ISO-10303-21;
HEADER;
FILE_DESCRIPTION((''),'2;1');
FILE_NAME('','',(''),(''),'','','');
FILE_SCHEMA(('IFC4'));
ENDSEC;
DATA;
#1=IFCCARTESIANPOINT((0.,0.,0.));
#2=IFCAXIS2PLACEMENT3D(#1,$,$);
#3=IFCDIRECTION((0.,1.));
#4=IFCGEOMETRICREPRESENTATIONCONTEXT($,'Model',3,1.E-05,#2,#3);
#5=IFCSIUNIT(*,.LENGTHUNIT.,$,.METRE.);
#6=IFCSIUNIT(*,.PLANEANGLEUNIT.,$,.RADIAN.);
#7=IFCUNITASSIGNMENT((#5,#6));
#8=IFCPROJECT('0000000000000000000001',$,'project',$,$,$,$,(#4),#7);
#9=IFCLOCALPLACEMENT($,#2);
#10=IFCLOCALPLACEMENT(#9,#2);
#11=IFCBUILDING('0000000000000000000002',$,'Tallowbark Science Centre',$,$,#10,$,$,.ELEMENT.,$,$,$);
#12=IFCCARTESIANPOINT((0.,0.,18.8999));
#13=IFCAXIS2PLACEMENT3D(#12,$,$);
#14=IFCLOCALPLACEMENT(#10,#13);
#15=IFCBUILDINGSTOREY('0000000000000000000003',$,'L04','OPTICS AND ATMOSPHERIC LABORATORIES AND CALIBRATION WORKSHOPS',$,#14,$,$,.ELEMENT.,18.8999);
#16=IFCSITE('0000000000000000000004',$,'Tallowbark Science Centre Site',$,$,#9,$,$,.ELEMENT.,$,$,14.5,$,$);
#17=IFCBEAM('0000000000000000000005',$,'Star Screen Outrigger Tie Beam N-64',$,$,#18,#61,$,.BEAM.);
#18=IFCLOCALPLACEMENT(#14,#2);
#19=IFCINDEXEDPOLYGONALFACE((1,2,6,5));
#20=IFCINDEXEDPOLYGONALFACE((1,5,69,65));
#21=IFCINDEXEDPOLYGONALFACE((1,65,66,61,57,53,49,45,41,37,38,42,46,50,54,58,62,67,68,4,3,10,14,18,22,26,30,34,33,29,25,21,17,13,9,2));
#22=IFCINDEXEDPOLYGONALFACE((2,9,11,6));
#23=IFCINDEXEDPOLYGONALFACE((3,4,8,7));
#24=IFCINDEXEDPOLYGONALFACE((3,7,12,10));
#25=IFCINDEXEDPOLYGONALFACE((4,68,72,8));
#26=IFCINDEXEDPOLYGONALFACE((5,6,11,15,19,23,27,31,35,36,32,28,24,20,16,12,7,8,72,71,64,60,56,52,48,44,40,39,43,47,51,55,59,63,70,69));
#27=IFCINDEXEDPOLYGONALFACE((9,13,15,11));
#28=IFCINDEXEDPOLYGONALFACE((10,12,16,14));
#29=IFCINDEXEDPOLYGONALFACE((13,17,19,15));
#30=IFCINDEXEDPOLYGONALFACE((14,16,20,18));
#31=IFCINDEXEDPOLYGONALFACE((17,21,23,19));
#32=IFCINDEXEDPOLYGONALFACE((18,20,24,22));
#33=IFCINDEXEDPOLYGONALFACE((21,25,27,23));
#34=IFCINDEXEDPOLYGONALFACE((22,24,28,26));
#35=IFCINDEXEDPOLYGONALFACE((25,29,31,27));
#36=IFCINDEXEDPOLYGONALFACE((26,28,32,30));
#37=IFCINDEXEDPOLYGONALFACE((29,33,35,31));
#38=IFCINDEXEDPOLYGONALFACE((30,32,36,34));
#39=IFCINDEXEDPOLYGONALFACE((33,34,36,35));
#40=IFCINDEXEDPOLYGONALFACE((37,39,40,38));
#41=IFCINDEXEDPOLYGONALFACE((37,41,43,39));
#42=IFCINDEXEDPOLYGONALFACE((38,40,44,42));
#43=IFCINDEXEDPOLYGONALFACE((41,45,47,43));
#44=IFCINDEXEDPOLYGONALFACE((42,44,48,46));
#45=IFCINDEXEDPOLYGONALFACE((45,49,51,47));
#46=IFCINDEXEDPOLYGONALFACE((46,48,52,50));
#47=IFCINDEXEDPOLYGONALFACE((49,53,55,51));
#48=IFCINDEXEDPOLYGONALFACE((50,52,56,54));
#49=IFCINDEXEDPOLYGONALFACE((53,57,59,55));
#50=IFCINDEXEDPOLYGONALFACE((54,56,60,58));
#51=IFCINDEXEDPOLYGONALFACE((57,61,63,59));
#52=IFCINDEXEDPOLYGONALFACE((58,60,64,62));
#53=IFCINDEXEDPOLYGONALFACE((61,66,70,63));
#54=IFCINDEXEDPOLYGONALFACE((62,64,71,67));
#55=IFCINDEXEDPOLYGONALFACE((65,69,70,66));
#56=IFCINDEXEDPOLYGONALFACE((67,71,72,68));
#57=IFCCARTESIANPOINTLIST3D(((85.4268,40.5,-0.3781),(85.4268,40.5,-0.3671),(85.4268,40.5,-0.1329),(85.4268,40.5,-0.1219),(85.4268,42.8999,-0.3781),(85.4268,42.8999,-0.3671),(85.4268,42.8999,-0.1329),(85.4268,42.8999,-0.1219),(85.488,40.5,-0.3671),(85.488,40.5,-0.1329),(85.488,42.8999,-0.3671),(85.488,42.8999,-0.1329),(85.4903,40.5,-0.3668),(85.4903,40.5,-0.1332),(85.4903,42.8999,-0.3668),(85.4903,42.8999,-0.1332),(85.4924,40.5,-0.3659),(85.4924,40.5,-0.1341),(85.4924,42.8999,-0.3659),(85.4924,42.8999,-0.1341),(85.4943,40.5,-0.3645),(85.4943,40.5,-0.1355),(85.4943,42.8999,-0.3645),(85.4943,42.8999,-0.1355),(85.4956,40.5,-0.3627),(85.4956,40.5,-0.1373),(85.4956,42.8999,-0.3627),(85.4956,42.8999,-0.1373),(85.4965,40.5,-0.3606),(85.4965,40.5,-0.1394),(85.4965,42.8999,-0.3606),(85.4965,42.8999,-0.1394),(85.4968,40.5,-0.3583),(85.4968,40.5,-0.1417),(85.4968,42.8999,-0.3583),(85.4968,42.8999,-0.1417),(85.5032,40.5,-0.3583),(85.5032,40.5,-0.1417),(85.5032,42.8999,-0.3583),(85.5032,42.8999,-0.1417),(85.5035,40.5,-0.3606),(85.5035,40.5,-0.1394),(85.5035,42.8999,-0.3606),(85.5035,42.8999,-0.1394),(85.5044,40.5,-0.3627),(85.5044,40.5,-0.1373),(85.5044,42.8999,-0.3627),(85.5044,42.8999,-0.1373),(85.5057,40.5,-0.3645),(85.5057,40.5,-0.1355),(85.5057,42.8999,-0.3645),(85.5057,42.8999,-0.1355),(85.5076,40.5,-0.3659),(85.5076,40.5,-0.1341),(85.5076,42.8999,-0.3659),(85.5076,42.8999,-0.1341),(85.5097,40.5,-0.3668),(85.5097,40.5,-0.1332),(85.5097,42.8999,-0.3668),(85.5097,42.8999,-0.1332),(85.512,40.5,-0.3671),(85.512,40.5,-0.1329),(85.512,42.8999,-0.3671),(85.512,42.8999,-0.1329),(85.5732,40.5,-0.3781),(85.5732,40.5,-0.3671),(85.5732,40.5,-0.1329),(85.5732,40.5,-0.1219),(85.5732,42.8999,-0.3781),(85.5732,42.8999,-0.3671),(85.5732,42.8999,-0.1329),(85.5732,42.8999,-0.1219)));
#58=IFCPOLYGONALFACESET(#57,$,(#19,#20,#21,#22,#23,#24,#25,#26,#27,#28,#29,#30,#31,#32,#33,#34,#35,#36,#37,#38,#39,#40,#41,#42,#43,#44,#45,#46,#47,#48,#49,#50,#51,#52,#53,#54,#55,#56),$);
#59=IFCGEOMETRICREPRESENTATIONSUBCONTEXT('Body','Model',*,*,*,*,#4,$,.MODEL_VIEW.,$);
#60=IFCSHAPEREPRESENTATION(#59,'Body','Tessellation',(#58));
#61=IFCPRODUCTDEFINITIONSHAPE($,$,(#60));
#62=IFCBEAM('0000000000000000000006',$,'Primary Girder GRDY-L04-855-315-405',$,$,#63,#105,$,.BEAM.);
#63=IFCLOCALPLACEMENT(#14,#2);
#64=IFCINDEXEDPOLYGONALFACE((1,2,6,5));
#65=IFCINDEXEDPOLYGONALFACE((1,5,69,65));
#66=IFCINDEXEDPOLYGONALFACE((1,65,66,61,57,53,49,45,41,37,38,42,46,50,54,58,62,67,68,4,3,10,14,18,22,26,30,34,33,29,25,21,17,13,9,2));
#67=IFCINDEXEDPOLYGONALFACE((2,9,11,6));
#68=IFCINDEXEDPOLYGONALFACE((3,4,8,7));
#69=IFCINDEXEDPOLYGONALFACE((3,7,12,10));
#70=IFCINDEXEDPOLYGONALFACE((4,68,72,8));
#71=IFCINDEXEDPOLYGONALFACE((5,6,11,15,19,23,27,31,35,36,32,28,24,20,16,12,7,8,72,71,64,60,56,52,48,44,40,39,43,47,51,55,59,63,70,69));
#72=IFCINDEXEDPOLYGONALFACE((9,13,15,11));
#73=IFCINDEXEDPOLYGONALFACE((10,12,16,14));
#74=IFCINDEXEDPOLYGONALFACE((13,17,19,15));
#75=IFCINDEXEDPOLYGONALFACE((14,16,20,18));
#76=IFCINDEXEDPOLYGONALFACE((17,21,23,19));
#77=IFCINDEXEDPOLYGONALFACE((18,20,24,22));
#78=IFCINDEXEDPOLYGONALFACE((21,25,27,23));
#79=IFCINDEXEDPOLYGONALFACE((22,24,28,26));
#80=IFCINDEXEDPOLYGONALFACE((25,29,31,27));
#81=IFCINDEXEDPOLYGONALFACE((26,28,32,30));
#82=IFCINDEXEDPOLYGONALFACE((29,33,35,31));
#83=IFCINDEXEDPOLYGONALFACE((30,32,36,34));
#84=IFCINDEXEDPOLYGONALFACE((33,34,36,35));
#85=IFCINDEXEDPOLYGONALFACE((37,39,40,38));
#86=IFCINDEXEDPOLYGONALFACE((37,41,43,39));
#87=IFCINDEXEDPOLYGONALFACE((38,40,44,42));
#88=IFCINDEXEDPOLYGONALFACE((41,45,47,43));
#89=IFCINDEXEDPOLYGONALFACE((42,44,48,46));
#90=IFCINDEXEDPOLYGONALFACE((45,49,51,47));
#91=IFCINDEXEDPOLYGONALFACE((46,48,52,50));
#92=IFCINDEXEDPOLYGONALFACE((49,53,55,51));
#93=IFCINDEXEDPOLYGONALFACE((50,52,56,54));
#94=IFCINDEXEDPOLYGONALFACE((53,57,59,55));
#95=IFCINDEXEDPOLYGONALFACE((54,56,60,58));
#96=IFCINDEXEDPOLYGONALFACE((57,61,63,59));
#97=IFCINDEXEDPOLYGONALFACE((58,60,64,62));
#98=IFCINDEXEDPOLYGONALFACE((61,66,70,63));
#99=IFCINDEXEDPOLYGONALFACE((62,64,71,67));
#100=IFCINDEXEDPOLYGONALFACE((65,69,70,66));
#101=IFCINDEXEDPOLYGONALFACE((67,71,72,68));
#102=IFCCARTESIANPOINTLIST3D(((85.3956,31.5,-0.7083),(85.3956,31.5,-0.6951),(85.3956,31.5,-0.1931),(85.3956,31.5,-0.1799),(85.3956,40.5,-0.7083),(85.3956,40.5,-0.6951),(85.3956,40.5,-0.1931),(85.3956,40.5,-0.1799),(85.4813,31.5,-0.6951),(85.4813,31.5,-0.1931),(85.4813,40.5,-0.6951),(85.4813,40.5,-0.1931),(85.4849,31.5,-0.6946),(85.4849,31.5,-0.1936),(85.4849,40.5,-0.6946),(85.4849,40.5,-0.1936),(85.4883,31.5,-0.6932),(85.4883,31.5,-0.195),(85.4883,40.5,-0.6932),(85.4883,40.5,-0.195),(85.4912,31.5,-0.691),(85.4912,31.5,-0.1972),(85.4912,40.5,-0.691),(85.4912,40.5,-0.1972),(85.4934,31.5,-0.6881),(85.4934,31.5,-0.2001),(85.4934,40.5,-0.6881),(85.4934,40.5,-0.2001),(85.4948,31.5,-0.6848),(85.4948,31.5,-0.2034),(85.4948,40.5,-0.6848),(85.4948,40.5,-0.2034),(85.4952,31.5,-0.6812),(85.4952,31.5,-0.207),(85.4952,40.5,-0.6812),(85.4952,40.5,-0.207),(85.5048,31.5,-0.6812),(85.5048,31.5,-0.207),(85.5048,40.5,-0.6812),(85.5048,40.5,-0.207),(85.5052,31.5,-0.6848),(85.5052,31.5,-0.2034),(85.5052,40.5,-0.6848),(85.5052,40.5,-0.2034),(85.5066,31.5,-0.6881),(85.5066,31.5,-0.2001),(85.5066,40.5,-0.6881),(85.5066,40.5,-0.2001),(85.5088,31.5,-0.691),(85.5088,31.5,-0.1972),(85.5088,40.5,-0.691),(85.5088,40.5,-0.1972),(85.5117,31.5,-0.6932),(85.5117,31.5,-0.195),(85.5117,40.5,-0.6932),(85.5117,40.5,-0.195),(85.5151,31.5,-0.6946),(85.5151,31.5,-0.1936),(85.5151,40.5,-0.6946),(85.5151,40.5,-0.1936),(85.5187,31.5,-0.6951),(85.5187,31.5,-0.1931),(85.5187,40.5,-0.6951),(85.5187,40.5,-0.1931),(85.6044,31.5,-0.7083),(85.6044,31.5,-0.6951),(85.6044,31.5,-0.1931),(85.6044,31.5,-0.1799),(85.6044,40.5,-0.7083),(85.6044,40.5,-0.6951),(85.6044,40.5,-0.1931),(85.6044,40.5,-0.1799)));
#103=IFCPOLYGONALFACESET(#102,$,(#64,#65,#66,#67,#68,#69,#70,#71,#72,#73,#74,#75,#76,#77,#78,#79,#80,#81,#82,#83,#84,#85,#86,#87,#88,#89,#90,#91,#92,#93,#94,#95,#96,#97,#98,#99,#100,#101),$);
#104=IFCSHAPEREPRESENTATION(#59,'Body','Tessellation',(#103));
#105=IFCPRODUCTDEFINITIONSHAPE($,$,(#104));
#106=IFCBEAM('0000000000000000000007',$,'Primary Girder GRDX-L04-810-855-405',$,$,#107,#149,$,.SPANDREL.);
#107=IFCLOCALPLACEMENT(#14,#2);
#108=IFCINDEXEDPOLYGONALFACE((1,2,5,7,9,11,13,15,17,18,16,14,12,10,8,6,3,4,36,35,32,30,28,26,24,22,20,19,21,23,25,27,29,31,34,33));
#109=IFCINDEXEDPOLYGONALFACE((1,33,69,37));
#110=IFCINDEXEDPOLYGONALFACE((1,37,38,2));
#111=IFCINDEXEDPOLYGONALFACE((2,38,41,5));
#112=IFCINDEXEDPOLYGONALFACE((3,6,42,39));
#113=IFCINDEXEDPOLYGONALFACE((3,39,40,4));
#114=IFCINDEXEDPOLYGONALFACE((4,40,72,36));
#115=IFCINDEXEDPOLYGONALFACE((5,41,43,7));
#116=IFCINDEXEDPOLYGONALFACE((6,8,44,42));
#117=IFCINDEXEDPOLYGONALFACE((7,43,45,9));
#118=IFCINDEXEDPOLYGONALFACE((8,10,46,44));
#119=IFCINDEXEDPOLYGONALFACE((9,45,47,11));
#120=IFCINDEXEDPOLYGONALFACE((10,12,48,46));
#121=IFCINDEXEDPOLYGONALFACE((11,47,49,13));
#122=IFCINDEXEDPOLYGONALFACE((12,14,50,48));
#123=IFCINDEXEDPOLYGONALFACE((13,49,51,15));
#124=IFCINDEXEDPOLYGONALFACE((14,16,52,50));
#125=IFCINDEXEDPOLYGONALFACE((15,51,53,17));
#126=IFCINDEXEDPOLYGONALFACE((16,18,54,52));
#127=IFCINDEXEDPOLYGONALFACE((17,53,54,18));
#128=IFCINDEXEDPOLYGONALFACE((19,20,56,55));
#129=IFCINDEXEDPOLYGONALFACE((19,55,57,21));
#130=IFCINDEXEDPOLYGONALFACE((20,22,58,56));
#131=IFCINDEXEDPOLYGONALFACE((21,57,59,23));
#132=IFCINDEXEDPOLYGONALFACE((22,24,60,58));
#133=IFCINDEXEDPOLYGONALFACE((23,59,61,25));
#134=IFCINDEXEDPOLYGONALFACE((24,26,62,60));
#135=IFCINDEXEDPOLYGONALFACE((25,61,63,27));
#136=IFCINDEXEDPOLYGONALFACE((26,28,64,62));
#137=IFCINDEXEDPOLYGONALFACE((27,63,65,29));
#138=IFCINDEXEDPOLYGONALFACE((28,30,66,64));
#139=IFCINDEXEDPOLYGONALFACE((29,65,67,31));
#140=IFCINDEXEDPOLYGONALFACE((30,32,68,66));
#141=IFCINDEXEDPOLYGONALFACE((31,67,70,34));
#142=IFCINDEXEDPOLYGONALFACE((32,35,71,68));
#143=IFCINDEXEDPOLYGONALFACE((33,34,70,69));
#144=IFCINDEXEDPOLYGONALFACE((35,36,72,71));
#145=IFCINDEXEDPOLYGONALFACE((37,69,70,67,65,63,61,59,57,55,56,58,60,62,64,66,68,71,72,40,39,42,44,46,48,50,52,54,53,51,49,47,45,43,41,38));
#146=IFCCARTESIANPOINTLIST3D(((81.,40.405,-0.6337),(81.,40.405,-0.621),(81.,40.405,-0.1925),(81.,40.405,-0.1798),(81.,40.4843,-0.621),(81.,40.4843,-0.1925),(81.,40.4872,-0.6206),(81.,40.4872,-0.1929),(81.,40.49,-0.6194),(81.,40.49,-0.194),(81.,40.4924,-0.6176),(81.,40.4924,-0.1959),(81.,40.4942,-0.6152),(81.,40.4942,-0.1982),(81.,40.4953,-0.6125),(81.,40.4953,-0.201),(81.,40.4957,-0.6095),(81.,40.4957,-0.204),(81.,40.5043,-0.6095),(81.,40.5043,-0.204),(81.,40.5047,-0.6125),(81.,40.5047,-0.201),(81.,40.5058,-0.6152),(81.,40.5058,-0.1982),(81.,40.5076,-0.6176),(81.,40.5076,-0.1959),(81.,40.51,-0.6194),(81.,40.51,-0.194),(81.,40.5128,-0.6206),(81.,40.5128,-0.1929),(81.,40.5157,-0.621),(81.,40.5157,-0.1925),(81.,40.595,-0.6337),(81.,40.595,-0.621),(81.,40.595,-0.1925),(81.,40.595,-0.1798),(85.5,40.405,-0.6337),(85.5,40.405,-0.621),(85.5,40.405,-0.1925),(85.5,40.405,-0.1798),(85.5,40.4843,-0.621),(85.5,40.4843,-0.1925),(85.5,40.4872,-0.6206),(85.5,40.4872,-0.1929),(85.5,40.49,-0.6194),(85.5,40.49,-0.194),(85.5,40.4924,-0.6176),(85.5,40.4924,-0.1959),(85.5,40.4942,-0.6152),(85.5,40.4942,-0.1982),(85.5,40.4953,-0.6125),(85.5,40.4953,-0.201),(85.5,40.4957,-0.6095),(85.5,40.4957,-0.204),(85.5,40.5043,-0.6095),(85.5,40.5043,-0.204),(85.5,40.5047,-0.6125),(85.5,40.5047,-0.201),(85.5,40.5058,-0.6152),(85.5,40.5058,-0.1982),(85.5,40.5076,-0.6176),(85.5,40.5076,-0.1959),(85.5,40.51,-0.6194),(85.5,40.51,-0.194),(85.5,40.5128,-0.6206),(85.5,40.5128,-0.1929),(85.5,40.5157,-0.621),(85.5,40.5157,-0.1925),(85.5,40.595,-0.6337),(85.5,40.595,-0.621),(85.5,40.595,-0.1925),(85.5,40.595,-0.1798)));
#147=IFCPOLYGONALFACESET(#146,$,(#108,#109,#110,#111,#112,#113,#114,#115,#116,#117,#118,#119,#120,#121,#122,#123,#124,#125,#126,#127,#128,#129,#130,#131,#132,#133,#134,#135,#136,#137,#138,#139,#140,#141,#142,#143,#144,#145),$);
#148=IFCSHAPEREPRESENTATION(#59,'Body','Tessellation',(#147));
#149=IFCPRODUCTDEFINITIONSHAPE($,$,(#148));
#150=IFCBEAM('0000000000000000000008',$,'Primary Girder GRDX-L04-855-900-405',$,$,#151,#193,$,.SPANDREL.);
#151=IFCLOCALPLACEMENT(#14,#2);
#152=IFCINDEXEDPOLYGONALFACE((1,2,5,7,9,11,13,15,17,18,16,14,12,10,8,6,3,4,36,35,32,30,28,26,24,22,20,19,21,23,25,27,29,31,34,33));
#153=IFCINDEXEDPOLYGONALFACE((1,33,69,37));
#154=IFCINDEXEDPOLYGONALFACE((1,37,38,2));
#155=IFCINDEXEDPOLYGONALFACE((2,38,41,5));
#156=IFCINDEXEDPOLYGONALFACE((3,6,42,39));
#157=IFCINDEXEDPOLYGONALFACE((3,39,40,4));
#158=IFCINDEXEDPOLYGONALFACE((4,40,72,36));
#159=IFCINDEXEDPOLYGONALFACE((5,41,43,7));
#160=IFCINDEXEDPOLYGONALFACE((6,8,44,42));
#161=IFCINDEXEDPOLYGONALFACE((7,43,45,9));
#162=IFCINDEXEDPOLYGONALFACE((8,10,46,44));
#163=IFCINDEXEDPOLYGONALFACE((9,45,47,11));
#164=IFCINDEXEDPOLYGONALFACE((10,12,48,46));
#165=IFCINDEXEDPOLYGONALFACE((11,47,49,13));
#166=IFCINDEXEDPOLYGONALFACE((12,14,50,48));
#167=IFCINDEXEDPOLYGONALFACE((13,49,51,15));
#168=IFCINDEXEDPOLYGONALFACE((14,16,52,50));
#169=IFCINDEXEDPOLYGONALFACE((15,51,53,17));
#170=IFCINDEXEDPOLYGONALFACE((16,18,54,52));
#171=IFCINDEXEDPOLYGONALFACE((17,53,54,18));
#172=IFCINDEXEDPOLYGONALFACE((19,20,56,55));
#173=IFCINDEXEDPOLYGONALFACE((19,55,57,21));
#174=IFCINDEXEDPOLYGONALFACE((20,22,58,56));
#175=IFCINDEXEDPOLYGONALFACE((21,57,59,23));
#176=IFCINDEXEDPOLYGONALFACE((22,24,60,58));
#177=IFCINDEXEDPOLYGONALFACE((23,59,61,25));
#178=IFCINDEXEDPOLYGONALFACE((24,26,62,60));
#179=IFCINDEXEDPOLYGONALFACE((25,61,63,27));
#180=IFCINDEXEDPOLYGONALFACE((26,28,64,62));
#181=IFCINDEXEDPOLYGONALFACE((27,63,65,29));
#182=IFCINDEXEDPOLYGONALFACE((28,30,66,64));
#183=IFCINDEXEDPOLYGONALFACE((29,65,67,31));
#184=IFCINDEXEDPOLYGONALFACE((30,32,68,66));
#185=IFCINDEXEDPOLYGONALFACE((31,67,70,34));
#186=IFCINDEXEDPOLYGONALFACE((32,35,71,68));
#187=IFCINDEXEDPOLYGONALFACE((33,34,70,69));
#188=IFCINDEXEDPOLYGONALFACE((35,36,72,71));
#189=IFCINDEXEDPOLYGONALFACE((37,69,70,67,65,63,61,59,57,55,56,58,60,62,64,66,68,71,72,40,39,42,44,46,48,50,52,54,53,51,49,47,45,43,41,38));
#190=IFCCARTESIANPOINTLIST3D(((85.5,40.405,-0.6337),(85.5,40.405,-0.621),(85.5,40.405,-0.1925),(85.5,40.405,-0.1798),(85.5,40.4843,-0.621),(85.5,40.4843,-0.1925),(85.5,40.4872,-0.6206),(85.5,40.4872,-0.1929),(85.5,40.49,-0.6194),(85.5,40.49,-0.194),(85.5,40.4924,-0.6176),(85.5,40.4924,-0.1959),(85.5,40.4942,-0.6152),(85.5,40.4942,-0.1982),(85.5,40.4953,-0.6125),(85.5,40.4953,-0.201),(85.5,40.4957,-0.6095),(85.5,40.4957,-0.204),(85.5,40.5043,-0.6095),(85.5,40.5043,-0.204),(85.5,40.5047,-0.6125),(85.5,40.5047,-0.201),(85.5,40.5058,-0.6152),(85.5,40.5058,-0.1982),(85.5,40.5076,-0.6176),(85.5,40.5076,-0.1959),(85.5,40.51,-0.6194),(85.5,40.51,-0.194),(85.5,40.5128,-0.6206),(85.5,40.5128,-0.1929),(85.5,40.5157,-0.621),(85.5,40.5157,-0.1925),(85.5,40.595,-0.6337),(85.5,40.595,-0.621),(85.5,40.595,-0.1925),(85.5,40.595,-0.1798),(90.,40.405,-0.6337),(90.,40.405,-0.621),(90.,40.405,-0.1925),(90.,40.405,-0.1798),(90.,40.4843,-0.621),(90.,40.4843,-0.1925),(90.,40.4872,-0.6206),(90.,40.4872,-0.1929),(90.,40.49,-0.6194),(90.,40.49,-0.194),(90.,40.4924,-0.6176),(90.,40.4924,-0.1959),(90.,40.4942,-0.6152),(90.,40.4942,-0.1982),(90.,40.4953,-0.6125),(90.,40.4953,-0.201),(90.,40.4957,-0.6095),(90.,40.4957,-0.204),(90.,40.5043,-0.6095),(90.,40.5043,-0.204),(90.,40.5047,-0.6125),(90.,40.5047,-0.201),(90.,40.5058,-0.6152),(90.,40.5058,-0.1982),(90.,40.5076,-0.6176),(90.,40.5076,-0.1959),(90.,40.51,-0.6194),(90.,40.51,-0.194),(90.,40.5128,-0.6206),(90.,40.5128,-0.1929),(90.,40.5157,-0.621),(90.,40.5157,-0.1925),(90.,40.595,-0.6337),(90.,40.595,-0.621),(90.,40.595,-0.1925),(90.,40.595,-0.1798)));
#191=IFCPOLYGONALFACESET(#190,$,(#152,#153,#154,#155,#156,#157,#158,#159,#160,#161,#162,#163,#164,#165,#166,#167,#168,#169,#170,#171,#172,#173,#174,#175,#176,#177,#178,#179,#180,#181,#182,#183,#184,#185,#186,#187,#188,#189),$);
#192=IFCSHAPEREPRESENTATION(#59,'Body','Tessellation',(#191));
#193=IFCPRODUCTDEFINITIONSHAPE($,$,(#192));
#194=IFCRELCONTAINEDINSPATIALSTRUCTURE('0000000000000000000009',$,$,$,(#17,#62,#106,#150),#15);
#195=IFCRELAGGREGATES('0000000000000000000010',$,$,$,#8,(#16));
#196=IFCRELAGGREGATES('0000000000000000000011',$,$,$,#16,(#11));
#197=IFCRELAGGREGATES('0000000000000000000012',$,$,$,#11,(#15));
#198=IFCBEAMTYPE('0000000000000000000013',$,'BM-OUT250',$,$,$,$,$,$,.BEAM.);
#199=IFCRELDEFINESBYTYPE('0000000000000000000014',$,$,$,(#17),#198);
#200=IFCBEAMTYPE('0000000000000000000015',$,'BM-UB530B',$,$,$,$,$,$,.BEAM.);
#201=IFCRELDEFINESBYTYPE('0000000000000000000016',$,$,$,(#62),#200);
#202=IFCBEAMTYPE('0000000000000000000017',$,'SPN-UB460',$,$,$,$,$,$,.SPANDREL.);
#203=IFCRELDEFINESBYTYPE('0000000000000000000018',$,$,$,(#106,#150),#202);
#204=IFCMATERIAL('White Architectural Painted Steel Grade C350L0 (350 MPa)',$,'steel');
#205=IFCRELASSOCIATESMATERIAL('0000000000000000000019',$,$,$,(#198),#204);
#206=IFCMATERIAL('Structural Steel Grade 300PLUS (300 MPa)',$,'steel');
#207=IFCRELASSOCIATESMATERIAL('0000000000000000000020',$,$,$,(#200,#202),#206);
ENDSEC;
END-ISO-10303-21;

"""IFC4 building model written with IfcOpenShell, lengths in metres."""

from ifc_helpers import new_model, si_unit, direction, frame, origin, origin_2d, place, context, subcontext, project, spatial, i_section, extrude, material, material_profile, profile_set, type_object, element, save


model = new_model("IFC4")

# Units and contexts
model_context = context("Model", 3, precision=1e-05, world=origin(), true_north=direction((0.0, 1.0)))
body_context = subcontext(model_context, "Body", "Model", "MODEL_VIEW")
ifc_project = project(units=[si_unit("LENGTHUNIT", "METRE"), si_unit("PLANEANGLEUNIT", "RADIAN")], contexts=[model_context])

# Site, building, storey
site_placement = place(None, origin())
site = spatial("IfcSite", under=ifc_project, at=site_placement, Name="Tallowbark Science Centre Site", CompositionType="ELEMENT", RefElevation=14.5)
building_placement = place(site_placement, origin())
building = spatial("IfcBuilding", under=site, at=building_placement, Name="Tallowbark Science Centre", CompositionType="ELEMENT")
storey_placement = place(building_placement, frame((0.0, 0.0, 18.8999)))
storey = spatial("IfcBuildingStorey", under=building, at=storey_placement, Name="L04", Description="OPTICS AND ATMOSPHERIC LABORATORIES AND CALIBRATION WORKSHOPS", CompositionType="ELEMENT", Elevation=18.8999)

# Shared definitions
ifc_material_1 = material(Name="Structural Steel Grade 300PLUS (300 MPa)", Category="steel")

# Beams
ifc_material_2 = material(Name="White Architectural Painted Steel Grade C350L0 (350 MPa)", Category="steel")
ifc_material_profile_1 = material_profile(ifc_material_2, i_section(OverallWidth=0.1465, OverallDepth=0.2561, WebThickness=0.0063, FlangeThickness=0.011, FilletRadius=0.0088, at=origin_2d()), Name="250UB37.3")
ifc_profile_set_1 = profile_set([ifc_material_profile_1], Name="White Architectural Painted Steel Grade C350L0 (350 MPa)")
beam_type_1 = type_object("IfcBeamType", Name="BM-OUT250", PredefinedType="BEAM", material=ifc_profile_set_1)
beam_1_placement = place(storey_placement, frame((85.5, 40.5, -0.25), z_axis=(0.0, 1.0, 0.0), x_axis=(-1.0, 0.0, 0.0)))
element("IfcBeam", 1, at=beam_1_placement, inside=storey, type_object=beam_type_1, Name="Star Screen Outrigger Tie Beam N-64", PredefinedType="BEAM", context=body_context, shape_type="SweptSolid", body=[
    extrude(i_section(OverallWidth=0.1465, OverallDepth=0.2561, WebThickness=0.0063, FlangeThickness=0.011, FilletRadius=0.0088, at=origin_2d()), origin(), (0.0, 0.0, 1.0), 2.3999),
])
ifc_material_profile_2 = material_profile(ifc_material_1, i_section(OverallWidth=0.2087, OverallDepth=0.5283, WebThickness=0.0095, FlangeThickness=0.0132, FilletRadius=0.0139, at=origin_2d()), Name="530UB82.0")
ifc_profile_set_2 = profile_set([ifc_material_profile_2], Name="Structural Steel Grade 300PLUS (300 MPa)")
beam_type_2 = type_object("IfcBeamType", Name="BM-UB530B", PredefinedType="BEAM", material=ifc_profile_set_2)
beam_2_placement = place(storey_placement, frame((85.5, 31.5, -0.4441), z_axis=(0.0, 1.0, 0.0), x_axis=(-1.0, 0.0, 0.0)))
element("IfcBeam", 2, at=beam_2_placement, inside=storey, type_object=beam_type_2, Name="Primary Girder GRDY-L04-855-315-405", PredefinedType="BEAM", context=body_context, shape_type="SweptSolid", body=[
    extrude(i_section(OverallWidth=0.2087, OverallDepth=0.5283, WebThickness=0.0095, FlangeThickness=0.0132, FilletRadius=0.0139, at=origin_2d()), origin(), (0.0, 0.0, 1.0), 9.0),
])
ifc_material_profile_3 = material_profile(ifc_material_1, i_section(OverallWidth=0.1899, OverallDepth=0.4539, WebThickness=0.0085, FlangeThickness=0.0127, FilletRadius=0.0115, at=origin_2d()), Name="460UB67.1")
ifc_profile_set_3 = profile_set([ifc_material_profile_3], Name="Structural Steel Grade 300PLUS (300 MPa)")
beam_type_3 = type_object("IfcBeamType", Name="SPN-UB460", PredefinedType="SPANDREL", material=ifc_profile_set_3)
for number, where, z_axis, x_axis, name in (
    (3, (81.0, 40.5, -0.4067), (1.0, 0.0, 0.0), (0.0, 1.0, 0.0), "Primary Girder GRDX-L04-810-855-405"),
    (4, (85.5, 40.5, -0.4067), (1.0, 0.0, 0.0), (0.0, 1.0, 0.0), "Primary Girder GRDX-L04-855-900-405"),
):
    element("IfcBeam", number, at=place(storey_placement, frame(where, z_axis=z_axis, x_axis=x_axis)), inside=storey, type_object=beam_type_3, Name=name, PredefinedType="SPANDREL", context=body_context, shape_type="SweptSolid", body=[
        extrude(i_section(OverallWidth=0.1899, OverallDepth=0.4539, WebThickness=0.0085, FlangeThickness=0.0127, FilletRadius=0.0115, at=origin_2d()), origin(), (0.0, 0.0, 1.0), 4.5),
    ])

save(model, "model.ifc")
